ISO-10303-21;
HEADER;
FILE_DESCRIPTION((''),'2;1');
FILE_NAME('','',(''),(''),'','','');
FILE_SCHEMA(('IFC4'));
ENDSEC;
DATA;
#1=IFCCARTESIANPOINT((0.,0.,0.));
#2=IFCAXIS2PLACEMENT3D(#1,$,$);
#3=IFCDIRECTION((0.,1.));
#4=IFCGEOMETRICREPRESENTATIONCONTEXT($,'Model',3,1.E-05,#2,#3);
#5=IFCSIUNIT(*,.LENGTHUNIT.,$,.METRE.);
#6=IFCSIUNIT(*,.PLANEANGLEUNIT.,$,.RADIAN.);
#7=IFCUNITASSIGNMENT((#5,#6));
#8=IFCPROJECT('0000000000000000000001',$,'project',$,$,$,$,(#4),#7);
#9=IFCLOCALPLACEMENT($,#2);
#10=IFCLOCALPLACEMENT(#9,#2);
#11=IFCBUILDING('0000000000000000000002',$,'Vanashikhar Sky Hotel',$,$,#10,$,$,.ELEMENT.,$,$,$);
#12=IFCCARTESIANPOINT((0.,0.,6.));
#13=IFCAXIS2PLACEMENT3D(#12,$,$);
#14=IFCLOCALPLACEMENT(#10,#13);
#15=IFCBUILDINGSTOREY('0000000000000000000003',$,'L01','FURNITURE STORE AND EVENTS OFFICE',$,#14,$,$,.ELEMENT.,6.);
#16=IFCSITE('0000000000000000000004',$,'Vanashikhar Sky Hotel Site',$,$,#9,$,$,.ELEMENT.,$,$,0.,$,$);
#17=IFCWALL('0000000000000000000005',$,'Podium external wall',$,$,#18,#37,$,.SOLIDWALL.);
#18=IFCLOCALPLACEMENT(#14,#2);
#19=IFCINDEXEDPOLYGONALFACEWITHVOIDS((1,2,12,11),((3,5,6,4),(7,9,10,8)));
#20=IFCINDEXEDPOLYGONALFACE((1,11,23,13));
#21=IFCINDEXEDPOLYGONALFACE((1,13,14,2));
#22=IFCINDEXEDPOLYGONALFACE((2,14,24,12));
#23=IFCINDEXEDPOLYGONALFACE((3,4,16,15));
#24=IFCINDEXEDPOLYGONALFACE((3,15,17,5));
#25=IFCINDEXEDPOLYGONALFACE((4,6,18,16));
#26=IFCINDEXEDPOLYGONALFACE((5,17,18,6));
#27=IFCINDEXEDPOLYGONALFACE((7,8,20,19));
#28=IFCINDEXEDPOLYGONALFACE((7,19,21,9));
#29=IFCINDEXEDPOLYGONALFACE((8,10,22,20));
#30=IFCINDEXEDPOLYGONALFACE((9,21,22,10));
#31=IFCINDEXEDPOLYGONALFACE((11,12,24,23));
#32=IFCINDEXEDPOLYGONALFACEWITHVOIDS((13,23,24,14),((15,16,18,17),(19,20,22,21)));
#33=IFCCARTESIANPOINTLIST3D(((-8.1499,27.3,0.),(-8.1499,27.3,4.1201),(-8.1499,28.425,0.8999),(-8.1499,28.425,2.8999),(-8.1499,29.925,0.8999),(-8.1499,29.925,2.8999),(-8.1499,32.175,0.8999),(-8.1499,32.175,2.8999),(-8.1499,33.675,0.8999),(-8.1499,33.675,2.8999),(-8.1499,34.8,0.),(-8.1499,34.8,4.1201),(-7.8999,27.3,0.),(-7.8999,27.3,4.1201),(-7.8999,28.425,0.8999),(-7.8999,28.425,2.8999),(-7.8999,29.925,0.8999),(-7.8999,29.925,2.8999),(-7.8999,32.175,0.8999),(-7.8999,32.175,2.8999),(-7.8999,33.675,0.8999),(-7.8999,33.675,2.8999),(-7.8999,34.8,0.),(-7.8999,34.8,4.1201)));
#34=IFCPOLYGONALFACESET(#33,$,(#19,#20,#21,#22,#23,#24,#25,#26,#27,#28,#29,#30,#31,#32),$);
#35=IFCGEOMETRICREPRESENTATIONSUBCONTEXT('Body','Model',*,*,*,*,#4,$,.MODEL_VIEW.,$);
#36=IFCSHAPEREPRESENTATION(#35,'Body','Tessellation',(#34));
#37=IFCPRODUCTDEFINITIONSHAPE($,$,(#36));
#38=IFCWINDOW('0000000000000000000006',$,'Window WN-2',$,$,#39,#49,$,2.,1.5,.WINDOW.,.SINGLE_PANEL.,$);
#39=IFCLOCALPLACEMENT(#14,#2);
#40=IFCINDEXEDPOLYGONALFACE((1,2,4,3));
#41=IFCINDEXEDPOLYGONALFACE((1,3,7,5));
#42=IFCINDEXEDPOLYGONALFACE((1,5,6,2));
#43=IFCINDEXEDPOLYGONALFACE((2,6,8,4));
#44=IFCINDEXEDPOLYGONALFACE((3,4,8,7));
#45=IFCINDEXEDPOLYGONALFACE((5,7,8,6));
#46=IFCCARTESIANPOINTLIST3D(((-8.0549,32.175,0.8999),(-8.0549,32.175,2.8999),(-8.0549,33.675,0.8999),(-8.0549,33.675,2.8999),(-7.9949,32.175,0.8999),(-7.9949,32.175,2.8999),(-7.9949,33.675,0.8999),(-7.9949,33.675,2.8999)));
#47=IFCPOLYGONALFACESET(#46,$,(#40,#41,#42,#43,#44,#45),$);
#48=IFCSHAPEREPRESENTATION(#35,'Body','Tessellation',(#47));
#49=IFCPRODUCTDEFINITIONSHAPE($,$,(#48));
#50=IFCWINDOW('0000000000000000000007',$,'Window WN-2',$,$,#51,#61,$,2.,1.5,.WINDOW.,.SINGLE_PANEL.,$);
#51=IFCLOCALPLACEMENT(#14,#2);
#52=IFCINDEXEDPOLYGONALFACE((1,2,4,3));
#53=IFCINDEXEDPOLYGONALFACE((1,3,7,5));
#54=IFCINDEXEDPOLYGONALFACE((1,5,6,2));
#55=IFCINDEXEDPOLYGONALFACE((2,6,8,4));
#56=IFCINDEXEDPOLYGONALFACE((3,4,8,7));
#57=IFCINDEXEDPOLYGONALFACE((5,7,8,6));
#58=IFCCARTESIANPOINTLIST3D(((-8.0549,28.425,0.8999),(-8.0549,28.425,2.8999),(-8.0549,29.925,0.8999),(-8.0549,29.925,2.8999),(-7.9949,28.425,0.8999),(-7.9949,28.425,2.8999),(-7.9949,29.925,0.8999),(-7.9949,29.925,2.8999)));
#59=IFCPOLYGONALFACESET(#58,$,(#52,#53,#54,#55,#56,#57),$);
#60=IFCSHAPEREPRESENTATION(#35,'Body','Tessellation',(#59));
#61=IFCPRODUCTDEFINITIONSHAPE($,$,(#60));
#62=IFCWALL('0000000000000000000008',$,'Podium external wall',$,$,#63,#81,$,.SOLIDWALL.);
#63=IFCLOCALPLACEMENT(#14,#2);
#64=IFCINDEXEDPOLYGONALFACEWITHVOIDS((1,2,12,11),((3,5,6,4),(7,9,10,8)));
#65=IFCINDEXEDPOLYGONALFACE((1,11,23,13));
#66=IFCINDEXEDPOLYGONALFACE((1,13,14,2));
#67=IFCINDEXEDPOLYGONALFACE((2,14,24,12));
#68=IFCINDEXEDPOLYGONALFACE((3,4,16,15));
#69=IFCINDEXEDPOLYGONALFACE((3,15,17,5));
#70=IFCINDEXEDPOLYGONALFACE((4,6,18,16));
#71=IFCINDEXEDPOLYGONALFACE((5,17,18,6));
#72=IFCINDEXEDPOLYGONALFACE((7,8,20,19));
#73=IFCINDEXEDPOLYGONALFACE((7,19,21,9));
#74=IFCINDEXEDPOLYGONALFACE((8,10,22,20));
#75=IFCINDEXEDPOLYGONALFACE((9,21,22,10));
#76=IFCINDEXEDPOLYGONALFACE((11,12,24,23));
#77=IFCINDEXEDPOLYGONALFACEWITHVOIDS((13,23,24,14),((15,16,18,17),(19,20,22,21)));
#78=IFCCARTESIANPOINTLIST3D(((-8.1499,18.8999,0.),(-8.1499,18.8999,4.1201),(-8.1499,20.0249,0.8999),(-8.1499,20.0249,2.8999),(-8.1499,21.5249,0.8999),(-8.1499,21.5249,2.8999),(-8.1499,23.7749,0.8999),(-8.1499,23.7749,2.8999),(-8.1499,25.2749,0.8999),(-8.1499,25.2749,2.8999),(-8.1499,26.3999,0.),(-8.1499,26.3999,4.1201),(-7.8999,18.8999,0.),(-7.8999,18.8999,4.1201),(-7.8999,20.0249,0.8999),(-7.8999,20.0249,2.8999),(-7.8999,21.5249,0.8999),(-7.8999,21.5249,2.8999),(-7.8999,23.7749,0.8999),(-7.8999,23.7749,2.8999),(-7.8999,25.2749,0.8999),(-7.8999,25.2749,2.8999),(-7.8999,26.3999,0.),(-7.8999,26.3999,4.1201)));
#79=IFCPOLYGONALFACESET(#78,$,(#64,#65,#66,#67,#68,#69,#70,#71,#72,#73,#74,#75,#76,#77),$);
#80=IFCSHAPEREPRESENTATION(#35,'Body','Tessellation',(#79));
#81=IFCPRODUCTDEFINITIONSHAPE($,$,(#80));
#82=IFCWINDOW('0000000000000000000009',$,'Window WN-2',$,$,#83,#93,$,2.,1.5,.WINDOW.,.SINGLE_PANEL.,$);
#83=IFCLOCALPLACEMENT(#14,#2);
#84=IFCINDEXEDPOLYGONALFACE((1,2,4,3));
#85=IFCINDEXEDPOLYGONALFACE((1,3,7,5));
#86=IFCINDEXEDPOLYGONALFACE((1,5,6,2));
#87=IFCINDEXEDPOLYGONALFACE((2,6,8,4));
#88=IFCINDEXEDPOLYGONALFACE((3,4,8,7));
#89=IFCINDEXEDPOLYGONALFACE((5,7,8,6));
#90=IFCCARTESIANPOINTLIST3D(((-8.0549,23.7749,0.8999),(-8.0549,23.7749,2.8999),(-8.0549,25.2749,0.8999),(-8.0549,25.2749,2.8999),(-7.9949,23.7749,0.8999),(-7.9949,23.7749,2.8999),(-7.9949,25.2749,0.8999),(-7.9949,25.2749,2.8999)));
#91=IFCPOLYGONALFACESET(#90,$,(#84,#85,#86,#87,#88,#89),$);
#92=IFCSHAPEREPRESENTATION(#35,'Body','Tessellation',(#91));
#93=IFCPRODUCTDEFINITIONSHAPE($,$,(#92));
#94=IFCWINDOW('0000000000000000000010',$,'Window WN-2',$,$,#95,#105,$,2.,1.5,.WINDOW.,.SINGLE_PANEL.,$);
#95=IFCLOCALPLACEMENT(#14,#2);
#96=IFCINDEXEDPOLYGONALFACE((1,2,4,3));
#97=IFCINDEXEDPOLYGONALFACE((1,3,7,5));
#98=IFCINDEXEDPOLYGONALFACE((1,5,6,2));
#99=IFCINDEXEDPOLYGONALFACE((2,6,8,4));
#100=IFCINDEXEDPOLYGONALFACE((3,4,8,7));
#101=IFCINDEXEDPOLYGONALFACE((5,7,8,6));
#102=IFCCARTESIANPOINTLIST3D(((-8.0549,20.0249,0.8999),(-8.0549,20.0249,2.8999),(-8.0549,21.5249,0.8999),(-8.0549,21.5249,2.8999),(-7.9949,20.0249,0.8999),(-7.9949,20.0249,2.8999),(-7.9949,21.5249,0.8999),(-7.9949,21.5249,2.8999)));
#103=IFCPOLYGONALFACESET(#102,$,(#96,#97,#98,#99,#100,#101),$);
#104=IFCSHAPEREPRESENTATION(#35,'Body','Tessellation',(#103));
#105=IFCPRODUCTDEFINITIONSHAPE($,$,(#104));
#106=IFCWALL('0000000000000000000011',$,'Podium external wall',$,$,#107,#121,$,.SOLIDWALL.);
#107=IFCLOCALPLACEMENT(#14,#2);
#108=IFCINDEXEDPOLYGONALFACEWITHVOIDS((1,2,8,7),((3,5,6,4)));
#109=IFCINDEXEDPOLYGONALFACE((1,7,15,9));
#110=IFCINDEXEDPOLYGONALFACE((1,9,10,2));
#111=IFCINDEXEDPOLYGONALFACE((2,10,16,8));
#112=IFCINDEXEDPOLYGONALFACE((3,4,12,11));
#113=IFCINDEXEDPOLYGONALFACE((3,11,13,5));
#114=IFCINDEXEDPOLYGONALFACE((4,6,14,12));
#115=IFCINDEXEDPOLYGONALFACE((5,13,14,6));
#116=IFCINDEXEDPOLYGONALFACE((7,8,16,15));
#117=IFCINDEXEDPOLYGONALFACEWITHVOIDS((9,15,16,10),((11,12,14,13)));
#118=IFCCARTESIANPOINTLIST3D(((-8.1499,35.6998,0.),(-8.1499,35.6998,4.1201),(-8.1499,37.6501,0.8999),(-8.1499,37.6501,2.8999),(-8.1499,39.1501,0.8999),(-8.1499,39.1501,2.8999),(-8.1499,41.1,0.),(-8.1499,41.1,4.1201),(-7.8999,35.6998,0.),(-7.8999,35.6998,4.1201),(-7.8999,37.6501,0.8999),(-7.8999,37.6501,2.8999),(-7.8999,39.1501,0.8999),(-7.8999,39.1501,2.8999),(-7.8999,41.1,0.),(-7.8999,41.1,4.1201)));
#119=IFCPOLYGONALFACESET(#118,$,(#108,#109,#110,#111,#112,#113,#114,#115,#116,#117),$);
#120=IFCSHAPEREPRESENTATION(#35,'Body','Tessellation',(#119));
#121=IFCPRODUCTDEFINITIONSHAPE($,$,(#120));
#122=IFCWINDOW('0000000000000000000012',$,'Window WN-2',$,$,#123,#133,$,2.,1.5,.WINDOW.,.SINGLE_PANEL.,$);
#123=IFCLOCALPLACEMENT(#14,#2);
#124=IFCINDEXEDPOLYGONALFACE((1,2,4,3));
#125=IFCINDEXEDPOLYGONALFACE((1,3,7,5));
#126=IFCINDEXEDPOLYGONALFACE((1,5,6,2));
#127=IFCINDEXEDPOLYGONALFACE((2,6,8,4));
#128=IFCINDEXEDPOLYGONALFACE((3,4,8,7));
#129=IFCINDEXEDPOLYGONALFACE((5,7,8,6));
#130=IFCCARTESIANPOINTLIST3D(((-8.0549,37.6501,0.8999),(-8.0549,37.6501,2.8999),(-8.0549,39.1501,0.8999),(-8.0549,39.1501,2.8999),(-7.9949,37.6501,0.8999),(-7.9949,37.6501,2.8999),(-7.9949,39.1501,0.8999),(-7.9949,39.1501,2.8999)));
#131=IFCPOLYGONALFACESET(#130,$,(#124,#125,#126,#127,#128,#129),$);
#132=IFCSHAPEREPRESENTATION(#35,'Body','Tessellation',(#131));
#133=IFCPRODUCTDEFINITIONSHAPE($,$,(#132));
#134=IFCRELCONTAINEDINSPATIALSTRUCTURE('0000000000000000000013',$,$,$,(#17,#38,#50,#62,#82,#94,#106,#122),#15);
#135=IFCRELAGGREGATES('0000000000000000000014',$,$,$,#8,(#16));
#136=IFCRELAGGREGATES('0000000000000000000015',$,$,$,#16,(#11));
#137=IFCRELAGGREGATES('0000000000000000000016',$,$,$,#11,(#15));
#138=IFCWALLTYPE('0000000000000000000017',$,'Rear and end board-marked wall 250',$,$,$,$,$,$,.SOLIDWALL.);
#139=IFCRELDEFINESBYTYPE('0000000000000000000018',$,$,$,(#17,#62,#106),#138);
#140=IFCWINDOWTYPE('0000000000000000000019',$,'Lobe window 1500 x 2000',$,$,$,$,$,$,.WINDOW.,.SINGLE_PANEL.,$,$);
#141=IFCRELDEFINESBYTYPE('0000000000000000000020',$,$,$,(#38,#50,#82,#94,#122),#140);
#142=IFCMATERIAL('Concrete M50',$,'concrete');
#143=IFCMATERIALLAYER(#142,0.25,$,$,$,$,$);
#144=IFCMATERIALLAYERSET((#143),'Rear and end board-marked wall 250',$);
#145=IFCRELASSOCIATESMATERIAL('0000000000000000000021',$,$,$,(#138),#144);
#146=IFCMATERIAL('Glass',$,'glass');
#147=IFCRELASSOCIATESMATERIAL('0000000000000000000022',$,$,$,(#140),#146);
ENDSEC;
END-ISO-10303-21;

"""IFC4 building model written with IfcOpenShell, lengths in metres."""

from ifc_helpers import new_model, si_unit, direction, frame, frame_2d, origin, place, context, subcontext, project, spatial, rectangle, extrude, source, transform, mapped, material, layer, layer_set, type_object, element, fill, save


model = new_model("IFC4")

# Units and contexts
model_context = context("Model", 3, precision=1e-05, world=origin(), true_north=direction((0.0, 1.0)))
body_context = subcontext(model_context, "Body", "Model", "MODEL_VIEW")
ifc_project = project(units=[si_unit("LENGTHUNIT", "METRE"), si_unit("PLANEANGLEUNIT", "RADIAN")], contexts=[model_context])

# Site, building, storey
site_placement = place(None, origin())
site = spatial("IfcSite", under=ifc_project, at=site_placement, Name="Vanashikhar Sky Hotel Site", CompositionType="ELEMENT", RefElevation=0.0)
building_placement = place(site_placement, origin())
building = spatial("IfcBuilding", under=site, at=building_placement, Name="Vanashikhar Sky Hotel", CompositionType="ELEMENT")
storey_placement = place(building_placement, frame((0.0, 0.0, 6.0)))
storey = spatial("IfcBuildingStorey", under=building, at=storey_placement, Name="L01", Description="FURNITURE STORE AND EVENTS OFFICE", CompositionType="ELEMENT", Elevation=6.0)

# Shared definitions
ifc_material_1 = material(Name="Concrete M50", Category="concrete")

# Shared definitions
ifc_layer = layer(ifc_material_1, 0.25)
ifc_layer_set = layer_set([ifc_layer], Name="Rear and end board-marked wall 250")
wall_type = type_object("IfcWallType", Name="Rear and end board-marked wall 250", PredefinedType="SOLIDWALL", material=ifc_layer_set)
ifc_material_2 = material(Name="Glass", Category="glass")

# Walls, openings, windows
shared_shape_1 = source(origin(), body_context, "Body", "SweptSolid", [
    extrude(rectangle(XDim=7.5, YDim=0.25, at=frame_2d((3.75, 0.0))), origin(), (0.0, 0.0, 1.0), 4.1201),
])
wall_1_placement = place(storey_placement, frame((-8.0249, 34.8, 0.0), z_axis=(0.0, 0.0, 1.0), x_axis=(0.0, -1.0, 0.0)))
wall_1 = element("IfcWall", 1, at=wall_1_placement, inside=storey, type_object=wall_type, Name="Podium external wall", PredefinedType="SOLIDWALL", context=body_context, shape_type="MappedRepresentation", body=[
    mapped(shared_shape_1, transform((0.0, 0.0, 0.0), scale=1.0)),
])
shared_shape_2 = source(origin(), body_context, "Body", "SweptSolid", [
    extrude(rectangle(XDim=1.5, YDim=2.0, at=frame_2d((0.75, 1.0))), frame((0.0, 0.135, 0.0), z_axis=(0.0, -1.0, 0.0), x_axis=(1.0, 0.0, 0.0)), (0.0, 0.0, 1.0), 0.27),
])
opening_1_placement = place(wall_1_placement, frame((1.125, 0.0, 0.8999)))
opening_1 = element("IfcOpeningElement", 2, at=opening_1_placement, cuts=wall_1, PredefinedType="OPENING", context=body_context, shape_type="MappedRepresentation", body=[
    mapped(shared_shape_2, transform((0.0, 0.0, 0.0), scale=1.0)),
])
opening_2_placement = place(wall_1_placement, frame((4.875, 0.0, 0.8999)))
opening_2 = element("IfcOpeningElement", 3, at=opening_2_placement, cuts=wall_1, PredefinedType="OPENING", context=body_context, shape_type="MappedRepresentation", body=[
    mapped(shared_shape_2, transform((0.0, 0.0, 0.0), scale=1.0)),
])
window_type_1 = type_object("IfcWindowType", Name="Lobe window 1500 x 2000", PartitioningType="SINGLE_PANEL", PredefinedType="WINDOW", material=ifc_material_2)
shared_shape_3 = source(origin(), body_context, "Body", "SweptSolid", [
    extrude(rectangle(XDim=1.5, YDim=2.0, at=frame_2d((0.75, 1.0))), frame((0.0, 0.03, 0.0), z_axis=(0.0, -1.0, 0.0), x_axis=(1.0, 0.0, 0.0)), (0.0, 0.0, 1.0), 0.0601),
])
window_1_placement = place(opening_1_placement, origin())
window_1 = element("IfcWindow", 4, at=window_1_placement, inside=storey, type_object=window_type_1, Name="Window WN-2", OverallHeight=2.0, OverallWidth=1.5, PartitioningType="SINGLE_PANEL", PredefinedType="WINDOW", context=body_context, shape_type="MappedRepresentation", body=[
    mapped(shared_shape_3, transform((0.0, 0.0, 0.0), scale=1.0)),
])
fill(opening_1, window_1)
window_2_placement = place(opening_2_placement, origin())
window_2 = element("IfcWindow", 5, at=window_2_placement, inside=storey, type_object=window_type_1, Name="Window WN-2", OverallHeight=2.0, OverallWidth=1.5, PartitioningType="SINGLE_PANEL", PredefinedType="WINDOW", context=body_context, shape_type="MappedRepresentation", body=[
    mapped(shared_shape_3, transform((0.0, 0.0, 0.0), scale=1.0)),
])
fill(opening_2, window_2)
wall_2_placement = place(storey_placement, frame((-8.0249, 26.3999, 0.0), z_axis=(0.0, 0.0, 1.0), x_axis=(0.0, -1.0, 0.0)))
wall_2 = element("IfcWall", 6, at=wall_2_placement, inside=storey, type_object=wall_type, Name="Podium external wall", PredefinedType="SOLIDWALL", context=body_context, shape_type="MappedRepresentation", body=[
    mapped(shared_shape_1, transform((0.0, 0.0, 0.0), scale=1.0)),
])
opening_3_placement = place(wall_2_placement, frame((1.125, 0.0, 0.8999)))
opening_3 = element("IfcOpeningElement", 7, at=opening_3_placement, cuts=wall_2, PredefinedType="OPENING", context=body_context, shape_type="MappedRepresentation", body=[
    mapped(shared_shape_2, transform((0.0, 0.0, 0.0), scale=1.0)),
])
opening_4_placement = place(wall_2_placement, frame((4.875, 0.0, 0.8999)))
opening_4 = element("IfcOpeningElement", 8, at=opening_4_placement, cuts=wall_2, PredefinedType="OPENING", context=body_context, shape_type="MappedRepresentation", body=[
    mapped(shared_shape_2, transform((0.0, 0.0, 0.0), scale=1.0)),
])
window_3_placement = place(opening_3_placement, origin())
window_3 = element("IfcWindow", 9, at=window_3_placement, inside=storey, type_object=window_type_1, Name="Window WN-2", OverallHeight=2.0, OverallWidth=1.5, PartitioningType="SINGLE_PANEL", PredefinedType="WINDOW", context=body_context, shape_type="MappedRepresentation", body=[
    mapped(shared_shape_3, transform((0.0, 0.0, 0.0), scale=1.0)),
])
fill(opening_3, window_3)
window_4_placement = place(opening_4_placement, origin())
window_4 = element("IfcWindow", 10, at=window_4_placement, inside=storey, type_object=window_type_1, Name="Window WN-2", OverallHeight=2.0, OverallWidth=1.5, PartitioningType="SINGLE_PANEL", PredefinedType="WINDOW", context=body_context, shape_type="MappedRepresentation", body=[
    mapped(shared_shape_3, transform((0.0, 0.0, 0.0), scale=1.0)),
])
fill(opening_4, window_4)

# Wall, opening, window
shared_shape_4 = source(origin(), body_context, "Body", "SweptSolid", [
    extrude(rectangle(XDim=5.4001, YDim=0.25, at=frame_2d((2.7002, 0.0))), origin(), (0.0, 0.0, 1.0), 4.1201),
])
wall_3_placement = place(storey_placement, frame((-8.0249, 41.1001, 0.0), z_axis=(0.0, 0.0, 1.0), x_axis=(0.0, -1.0, 0.0)))
wall_3 = element("IfcWall", 11, at=wall_3_placement, inside=storey, type_object=wall_type, Name="Podium external wall", PredefinedType="SOLIDWALL", context=body_context, shape_type="MappedRepresentation", body=[
    mapped(shared_shape_4, transform((0.0, 0.0, 0.0), scale=1.0)),
])
opening_5_placement = place(wall_3_placement, frame((1.95, 0.0, 0.8999)))
opening_5 = element("IfcOpeningElement", 12, at=opening_5_placement, cuts=wall_3, PredefinedType="OPENING", context=body_context, shape_type="MappedRepresentation", body=[
    mapped(shared_shape_2, transform((0.0, 0.0, 0.0), scale=1.0)),
])
window_5_placement = place(opening_5_placement, origin())
window_5 = element("IfcWindow", 13, at=window_5_placement, inside=storey, type_object=window_type_1, Name="Window WN-2", OverallHeight=2.0, OverallWidth=1.5, PartitioningType="SINGLE_PANEL", PredefinedType="WINDOW", context=body_context, shape_type="MappedRepresentation", body=[
    mapped(shared_shape_3, transform((0.0, 0.0, 0.0), scale=1.0)),
])
fill(opening_5, window_5)

save(model, "model.ifc")
